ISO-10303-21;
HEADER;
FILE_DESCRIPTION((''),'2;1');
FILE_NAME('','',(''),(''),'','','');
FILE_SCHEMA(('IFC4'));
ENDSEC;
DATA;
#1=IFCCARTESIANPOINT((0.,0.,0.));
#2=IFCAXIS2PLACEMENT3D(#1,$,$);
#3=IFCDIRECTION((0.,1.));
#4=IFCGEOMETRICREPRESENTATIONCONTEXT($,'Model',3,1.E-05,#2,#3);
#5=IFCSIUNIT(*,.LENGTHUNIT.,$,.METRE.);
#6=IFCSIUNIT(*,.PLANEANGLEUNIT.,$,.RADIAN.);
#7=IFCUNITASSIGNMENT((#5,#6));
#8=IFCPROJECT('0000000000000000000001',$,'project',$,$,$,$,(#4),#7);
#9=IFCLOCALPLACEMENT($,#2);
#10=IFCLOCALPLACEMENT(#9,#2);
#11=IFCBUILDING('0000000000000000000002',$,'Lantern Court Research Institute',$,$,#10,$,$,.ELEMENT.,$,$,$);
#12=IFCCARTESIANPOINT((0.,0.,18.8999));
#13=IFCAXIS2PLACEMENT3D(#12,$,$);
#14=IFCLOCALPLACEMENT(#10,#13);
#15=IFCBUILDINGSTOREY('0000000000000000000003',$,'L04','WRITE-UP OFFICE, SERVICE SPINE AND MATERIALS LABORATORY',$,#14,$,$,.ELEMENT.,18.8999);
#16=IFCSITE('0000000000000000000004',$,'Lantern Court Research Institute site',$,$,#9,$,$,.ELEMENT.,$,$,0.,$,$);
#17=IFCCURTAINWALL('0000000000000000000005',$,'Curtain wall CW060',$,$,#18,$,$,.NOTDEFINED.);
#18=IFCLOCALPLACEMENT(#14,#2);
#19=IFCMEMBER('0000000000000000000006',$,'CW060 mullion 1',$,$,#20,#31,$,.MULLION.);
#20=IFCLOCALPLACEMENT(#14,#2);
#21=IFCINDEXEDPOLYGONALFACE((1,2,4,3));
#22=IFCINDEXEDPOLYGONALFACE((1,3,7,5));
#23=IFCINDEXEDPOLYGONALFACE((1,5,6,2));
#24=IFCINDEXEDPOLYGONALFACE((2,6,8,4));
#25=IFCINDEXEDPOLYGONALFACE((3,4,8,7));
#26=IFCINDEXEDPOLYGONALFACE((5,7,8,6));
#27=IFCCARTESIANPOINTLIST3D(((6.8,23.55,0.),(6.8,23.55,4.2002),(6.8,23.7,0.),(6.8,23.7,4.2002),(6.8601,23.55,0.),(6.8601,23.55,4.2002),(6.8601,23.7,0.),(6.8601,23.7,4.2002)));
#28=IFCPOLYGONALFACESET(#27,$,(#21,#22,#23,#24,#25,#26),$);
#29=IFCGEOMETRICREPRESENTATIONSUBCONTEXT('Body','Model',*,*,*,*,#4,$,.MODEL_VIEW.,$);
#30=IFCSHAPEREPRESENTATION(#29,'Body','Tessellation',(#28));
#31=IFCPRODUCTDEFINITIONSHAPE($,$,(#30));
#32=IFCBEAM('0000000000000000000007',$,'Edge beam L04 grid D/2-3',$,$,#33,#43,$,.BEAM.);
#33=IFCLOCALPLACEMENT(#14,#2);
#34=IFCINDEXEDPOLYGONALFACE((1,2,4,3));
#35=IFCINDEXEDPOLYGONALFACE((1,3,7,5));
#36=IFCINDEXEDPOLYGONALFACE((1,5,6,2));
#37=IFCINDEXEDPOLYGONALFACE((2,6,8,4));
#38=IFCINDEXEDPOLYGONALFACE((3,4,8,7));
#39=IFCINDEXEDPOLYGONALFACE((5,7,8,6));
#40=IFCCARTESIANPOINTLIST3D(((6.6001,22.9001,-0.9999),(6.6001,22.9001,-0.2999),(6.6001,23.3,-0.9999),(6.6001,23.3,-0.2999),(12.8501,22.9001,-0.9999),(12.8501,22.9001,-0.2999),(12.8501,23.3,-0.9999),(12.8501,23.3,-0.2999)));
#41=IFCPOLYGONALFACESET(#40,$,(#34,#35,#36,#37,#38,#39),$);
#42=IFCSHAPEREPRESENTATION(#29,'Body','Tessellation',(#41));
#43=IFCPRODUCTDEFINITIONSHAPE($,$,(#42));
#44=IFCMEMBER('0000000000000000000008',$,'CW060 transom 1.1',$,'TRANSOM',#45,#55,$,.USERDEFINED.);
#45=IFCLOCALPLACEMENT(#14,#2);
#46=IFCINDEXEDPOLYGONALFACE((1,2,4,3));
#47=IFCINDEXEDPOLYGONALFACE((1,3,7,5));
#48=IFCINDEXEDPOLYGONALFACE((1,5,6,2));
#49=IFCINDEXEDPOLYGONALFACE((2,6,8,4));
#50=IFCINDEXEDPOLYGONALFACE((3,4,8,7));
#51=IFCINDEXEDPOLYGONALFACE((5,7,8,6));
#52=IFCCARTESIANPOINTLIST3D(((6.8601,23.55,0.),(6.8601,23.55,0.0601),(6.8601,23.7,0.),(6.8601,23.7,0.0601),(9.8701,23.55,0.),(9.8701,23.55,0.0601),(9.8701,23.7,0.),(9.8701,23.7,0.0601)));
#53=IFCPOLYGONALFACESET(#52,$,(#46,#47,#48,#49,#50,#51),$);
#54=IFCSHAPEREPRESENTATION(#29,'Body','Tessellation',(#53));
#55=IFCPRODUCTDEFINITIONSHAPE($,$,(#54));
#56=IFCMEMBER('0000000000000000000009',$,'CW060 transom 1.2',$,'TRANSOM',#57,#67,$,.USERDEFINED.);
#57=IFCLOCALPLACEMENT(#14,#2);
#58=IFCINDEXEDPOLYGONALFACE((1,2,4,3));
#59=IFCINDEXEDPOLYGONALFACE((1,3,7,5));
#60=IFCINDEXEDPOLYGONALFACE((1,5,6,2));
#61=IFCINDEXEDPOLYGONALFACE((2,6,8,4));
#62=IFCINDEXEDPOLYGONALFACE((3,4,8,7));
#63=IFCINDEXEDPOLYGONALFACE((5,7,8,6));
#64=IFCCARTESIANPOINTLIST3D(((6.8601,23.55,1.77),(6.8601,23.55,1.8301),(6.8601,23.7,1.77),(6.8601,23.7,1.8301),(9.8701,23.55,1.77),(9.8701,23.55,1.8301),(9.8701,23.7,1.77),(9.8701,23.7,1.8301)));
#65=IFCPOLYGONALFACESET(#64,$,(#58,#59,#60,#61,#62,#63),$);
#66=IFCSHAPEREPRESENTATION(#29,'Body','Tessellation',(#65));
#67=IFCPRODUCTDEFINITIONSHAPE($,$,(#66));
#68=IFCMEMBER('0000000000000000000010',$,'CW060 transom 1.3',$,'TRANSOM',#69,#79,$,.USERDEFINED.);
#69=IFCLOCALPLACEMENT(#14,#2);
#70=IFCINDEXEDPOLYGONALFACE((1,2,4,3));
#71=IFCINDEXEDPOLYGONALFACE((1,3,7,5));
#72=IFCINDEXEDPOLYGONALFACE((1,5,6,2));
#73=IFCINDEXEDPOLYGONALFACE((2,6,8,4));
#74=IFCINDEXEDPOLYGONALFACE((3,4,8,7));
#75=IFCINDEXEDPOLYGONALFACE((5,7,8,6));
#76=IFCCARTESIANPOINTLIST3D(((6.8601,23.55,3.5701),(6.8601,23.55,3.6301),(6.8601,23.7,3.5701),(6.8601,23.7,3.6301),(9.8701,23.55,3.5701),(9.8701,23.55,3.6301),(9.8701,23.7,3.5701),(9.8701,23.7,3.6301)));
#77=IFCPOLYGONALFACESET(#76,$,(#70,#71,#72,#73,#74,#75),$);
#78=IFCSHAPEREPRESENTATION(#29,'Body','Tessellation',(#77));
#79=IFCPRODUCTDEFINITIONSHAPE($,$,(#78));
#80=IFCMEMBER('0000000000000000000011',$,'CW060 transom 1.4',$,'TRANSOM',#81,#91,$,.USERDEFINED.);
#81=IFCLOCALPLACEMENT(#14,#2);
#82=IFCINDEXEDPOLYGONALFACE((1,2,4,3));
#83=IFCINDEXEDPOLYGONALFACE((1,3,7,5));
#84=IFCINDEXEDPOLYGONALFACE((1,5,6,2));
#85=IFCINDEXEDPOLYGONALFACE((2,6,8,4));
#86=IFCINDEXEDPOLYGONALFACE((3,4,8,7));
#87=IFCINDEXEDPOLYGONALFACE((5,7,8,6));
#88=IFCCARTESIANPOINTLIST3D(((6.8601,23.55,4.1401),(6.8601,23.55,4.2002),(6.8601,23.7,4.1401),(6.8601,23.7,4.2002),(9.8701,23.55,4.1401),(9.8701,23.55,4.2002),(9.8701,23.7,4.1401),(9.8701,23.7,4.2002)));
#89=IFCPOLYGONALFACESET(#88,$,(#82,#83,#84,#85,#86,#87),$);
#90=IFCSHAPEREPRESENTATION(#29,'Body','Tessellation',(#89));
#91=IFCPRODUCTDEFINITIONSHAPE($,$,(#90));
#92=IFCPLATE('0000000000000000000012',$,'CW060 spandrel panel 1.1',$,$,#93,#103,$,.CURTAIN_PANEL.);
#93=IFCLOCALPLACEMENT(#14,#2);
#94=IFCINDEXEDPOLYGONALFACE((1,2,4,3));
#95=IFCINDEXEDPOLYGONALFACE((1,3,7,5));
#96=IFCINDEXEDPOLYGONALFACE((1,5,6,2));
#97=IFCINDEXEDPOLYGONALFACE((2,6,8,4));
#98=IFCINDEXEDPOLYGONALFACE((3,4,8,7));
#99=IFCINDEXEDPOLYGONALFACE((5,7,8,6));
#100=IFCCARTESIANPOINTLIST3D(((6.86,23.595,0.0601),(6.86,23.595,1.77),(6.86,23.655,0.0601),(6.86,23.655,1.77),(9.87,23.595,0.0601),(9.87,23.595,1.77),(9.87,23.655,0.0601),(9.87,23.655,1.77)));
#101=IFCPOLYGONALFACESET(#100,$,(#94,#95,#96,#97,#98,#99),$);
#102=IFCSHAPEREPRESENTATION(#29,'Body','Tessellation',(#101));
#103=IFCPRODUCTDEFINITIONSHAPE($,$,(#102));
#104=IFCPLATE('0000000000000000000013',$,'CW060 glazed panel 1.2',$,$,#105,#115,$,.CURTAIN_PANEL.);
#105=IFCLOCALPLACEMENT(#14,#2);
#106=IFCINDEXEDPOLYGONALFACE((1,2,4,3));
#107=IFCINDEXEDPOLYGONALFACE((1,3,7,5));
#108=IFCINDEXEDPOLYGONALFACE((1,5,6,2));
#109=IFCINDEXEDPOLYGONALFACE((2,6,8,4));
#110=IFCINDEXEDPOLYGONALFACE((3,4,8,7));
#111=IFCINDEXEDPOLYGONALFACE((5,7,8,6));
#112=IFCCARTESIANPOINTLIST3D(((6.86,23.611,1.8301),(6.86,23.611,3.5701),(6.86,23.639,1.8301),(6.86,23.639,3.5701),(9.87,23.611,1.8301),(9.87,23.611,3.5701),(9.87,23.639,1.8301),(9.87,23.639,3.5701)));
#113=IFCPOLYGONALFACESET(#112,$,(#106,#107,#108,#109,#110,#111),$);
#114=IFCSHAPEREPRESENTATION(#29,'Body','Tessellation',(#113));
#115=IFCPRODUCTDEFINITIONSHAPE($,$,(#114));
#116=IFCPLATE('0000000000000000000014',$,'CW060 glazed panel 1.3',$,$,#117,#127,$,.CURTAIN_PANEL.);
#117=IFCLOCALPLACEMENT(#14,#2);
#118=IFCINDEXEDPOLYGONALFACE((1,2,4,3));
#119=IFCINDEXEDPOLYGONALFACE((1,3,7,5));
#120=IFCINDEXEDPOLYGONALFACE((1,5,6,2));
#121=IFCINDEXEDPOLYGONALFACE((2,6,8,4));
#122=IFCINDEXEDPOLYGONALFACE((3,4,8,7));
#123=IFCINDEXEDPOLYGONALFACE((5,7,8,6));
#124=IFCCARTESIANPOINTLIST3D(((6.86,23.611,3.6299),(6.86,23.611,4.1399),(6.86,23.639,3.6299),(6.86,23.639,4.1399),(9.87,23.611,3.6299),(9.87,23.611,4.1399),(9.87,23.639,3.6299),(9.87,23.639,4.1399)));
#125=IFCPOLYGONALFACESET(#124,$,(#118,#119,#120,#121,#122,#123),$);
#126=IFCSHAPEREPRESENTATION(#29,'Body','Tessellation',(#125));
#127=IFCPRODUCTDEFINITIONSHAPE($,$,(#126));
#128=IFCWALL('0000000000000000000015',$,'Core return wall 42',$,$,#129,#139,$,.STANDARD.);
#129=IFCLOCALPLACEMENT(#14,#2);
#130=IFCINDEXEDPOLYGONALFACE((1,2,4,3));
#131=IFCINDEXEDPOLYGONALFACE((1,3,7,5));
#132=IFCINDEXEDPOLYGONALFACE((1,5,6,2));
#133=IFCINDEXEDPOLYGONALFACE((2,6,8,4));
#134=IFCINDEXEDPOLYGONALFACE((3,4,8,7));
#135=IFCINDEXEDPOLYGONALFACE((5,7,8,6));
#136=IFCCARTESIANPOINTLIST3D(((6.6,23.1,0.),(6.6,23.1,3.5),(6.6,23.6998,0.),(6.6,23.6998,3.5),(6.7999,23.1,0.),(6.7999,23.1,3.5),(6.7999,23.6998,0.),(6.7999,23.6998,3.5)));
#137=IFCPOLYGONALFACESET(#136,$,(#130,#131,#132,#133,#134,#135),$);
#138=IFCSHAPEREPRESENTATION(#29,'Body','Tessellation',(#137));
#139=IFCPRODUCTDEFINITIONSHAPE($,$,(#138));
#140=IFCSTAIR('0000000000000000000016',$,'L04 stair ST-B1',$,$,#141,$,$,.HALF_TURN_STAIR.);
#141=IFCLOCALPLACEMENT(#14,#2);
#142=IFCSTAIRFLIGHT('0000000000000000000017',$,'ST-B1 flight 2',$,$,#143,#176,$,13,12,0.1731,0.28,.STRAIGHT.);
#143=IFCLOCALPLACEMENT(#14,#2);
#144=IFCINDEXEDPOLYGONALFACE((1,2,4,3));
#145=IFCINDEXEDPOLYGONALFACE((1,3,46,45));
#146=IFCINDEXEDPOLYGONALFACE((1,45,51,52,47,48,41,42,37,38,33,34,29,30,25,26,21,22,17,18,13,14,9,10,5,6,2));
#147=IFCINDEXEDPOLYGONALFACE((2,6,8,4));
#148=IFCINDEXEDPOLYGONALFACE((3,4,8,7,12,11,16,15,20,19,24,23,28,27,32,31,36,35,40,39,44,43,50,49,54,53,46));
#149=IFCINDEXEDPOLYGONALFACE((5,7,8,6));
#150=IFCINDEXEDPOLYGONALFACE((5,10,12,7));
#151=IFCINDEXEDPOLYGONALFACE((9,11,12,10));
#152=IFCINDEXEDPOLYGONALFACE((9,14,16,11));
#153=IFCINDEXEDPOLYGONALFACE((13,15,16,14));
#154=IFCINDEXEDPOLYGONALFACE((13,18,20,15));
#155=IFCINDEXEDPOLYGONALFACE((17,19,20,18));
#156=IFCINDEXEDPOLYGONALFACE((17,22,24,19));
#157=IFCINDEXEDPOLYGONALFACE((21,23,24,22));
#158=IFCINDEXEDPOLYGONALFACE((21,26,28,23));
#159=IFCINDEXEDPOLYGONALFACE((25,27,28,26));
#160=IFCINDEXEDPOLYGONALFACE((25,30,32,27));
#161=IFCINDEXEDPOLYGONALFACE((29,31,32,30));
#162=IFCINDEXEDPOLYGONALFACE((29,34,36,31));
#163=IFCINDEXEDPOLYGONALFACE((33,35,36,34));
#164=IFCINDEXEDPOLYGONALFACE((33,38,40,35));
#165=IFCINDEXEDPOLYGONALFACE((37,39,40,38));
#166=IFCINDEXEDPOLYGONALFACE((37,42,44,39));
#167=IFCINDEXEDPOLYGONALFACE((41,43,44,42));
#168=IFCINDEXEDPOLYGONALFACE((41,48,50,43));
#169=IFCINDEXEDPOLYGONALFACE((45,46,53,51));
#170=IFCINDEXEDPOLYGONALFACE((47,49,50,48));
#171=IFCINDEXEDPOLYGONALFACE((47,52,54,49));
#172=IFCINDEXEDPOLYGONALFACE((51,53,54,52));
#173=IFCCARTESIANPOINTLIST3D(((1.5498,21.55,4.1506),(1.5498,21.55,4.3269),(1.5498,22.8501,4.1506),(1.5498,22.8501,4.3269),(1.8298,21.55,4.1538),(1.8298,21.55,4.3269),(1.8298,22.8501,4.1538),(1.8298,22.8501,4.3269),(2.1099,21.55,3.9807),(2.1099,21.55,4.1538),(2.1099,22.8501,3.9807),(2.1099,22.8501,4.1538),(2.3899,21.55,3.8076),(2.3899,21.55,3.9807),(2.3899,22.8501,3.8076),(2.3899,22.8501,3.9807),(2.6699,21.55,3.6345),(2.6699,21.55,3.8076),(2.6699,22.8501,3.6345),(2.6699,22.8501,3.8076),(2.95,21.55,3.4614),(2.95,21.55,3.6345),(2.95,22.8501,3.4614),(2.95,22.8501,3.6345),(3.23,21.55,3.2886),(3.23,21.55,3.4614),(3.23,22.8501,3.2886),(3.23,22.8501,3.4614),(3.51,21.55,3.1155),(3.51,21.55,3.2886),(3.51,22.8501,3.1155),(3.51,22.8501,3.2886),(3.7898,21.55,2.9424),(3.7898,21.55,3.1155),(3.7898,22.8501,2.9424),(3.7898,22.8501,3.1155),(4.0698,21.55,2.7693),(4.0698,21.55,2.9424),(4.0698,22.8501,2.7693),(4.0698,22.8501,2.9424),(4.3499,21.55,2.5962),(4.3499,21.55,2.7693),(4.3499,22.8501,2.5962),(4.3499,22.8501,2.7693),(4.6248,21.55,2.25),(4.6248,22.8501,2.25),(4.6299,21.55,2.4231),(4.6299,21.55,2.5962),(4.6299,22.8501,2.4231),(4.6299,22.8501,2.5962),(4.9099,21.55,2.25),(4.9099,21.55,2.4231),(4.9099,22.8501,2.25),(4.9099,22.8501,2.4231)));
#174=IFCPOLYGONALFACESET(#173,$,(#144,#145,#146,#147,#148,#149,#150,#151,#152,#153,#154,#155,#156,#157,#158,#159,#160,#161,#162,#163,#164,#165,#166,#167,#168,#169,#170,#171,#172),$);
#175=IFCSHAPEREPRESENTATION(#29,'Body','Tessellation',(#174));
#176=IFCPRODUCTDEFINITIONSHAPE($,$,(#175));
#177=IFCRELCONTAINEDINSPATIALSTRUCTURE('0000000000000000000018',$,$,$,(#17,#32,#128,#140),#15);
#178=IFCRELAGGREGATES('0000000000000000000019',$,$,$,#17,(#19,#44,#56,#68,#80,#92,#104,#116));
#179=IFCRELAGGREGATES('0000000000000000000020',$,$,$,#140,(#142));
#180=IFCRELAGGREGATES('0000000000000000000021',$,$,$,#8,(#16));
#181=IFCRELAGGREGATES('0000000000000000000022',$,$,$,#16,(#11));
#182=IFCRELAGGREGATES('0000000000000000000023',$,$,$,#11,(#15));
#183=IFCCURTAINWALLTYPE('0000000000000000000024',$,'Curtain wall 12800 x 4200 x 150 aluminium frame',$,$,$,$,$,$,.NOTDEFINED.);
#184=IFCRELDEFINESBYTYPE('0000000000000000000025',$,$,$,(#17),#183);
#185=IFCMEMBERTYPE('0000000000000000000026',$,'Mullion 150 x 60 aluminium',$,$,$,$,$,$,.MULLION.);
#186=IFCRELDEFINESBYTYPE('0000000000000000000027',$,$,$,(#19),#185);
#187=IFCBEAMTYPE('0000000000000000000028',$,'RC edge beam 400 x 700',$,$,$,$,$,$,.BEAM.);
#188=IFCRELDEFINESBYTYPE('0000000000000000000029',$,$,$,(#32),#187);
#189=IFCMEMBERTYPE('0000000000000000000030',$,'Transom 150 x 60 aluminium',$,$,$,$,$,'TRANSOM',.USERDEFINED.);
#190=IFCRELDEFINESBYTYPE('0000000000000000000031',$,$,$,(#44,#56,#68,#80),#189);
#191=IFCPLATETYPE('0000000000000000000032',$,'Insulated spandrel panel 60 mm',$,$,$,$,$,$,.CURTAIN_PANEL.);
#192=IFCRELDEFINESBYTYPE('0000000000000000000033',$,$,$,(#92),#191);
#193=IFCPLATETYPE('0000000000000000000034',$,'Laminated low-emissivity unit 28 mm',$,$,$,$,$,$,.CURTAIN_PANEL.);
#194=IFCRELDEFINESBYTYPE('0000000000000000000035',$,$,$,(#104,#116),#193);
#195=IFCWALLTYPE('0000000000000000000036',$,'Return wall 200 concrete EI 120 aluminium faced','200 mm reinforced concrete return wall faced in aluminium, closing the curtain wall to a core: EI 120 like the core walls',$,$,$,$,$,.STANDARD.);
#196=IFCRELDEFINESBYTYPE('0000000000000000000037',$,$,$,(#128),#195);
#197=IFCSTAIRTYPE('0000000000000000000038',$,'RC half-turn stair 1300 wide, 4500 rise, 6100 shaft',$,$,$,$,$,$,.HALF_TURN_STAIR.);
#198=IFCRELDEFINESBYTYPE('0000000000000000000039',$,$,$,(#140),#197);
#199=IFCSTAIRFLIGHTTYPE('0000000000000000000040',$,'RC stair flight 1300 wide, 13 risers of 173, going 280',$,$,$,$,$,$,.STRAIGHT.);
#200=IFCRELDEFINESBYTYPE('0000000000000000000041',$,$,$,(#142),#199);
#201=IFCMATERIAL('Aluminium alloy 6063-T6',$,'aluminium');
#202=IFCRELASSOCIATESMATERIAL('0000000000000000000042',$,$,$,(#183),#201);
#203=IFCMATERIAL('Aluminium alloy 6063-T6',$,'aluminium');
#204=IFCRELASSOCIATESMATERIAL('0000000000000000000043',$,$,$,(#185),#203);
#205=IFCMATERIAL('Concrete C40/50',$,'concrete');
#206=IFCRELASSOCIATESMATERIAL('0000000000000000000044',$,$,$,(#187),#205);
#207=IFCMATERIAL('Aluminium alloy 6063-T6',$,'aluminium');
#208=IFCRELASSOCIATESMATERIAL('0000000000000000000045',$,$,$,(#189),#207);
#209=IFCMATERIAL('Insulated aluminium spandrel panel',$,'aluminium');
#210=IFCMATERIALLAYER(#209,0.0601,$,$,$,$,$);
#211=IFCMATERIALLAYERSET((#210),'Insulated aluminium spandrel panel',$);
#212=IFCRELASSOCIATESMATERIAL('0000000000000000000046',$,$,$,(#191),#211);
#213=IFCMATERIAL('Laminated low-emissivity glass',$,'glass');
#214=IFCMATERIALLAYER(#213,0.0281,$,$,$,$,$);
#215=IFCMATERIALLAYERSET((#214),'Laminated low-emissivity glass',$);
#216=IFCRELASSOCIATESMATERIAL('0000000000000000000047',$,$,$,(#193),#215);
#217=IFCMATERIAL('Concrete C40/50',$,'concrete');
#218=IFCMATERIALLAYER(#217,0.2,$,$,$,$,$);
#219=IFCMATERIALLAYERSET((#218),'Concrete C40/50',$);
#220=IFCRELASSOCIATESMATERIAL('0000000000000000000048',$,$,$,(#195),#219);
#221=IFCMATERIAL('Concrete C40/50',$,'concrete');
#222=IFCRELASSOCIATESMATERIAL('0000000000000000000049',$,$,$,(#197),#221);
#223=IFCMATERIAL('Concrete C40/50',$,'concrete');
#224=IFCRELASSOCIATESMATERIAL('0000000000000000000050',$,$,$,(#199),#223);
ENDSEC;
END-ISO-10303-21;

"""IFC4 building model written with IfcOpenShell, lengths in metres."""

from ifc_helpers import new_model, si_unit, direction, frame, frame_2d, origin, origin_2d, place, context, subcontext, project, spatial, polyline, rectangle, outline, extrude, material, layer, layer_set, material_profile, profile_set, type_object, element, aggregate, save


model = new_model("IFC4")

# Units and contexts
model_context = context("Model", 3, precision=1e-05, world=origin(), true_north=direction((0.0, 1.0)))
body_context = subcontext(model_context, "Body", "Model", "MODEL_VIEW")
ifc_project = project(units=[si_unit("LENGTHUNIT", "METRE"), si_unit("PLANEANGLEUNIT", "RADIAN")], contexts=[model_context])

# Site, building, storey
site_placement = place(None, origin())
site = spatial("IfcSite", under=ifc_project, at=site_placement, Name="Lantern Court Research Institute site", CompositionType="ELEMENT", RefElevation=0.0)
building_placement = place(site_placement, origin())
building = spatial("IfcBuilding", under=site, at=building_placement, Name="Lantern Court Research Institute", CompositionType="ELEMENT")
storey_placement = place(building_placement, frame((0.0, 0.0, 18.8999)))
storey = spatial("IfcBuildingStorey", under=building, at=storey_placement, Name="L04", Description="WRITE-UP OFFICE, SERVICE SPINE AND MATERIALS LABORATORY", CompositionType="ELEMENT", Elevation=18.8999)

# Curtain wall, member
ifc_material_1 = material(Name="Aluminium alloy 6063-T6", Category="aluminium")
curtain_wall_type = type_object("IfcCurtainWallType", Name="Curtain wall 12800 x 4200 x 150 aluminium frame", PredefinedType="NOTDEFINED", material=ifc_material_1)
curtain_wall_placement = place(storey_placement, origin())
curtain_wall = element("IfcCurtainWall", 1, at=curtain_wall_placement, inside=storey, type_object=curtain_wall_type, Name="Curtain wall CW060", PredefinedType="NOTDEFINED")
ifc_material_2 = material(Name="Aluminium alloy 6063-T6", Category="aluminium")
ifc_material_profile_1 = material_profile(ifc_material_2, rectangle(XDim=0.1499, YDim=0.0601, at=origin_2d()), Name="Mullion 150 x 60")
ifc_profile_set_1 = profile_set([ifc_material_profile_1], Name="Aluminium alloy 6063-T6")
member_type_1 = type_object("IfcMemberType", Name="Mullion 150 x 60 aluminium", PredefinedType="MULLION", material=ifc_profile_set_1)
member_1_placement = place(storey_placement, frame((6.8301, 23.625, 0.0), z_axis=(0.0, 0.0, 1.0), x_axis=(0.0, 1.0, 0.0)))
member_1 = element("IfcMember", 2, at=member_1_placement, type_object=member_type_1, Name="CW060 mullion 1", PredefinedType="MULLION", context=body_context, shape_type="SweptSolid", body=[
    extrude(rectangle(XDim=0.1499, YDim=0.0601, at=origin_2d()), origin(), (0.0, 0.0, 1.0), 4.2002),
])

# Beam
ifc_material_3 = material(Name="Concrete C40/50", Category="concrete")
ifc_material_profile_2 = material_profile(ifc_material_3, rectangle(XDim=0.3999, YDim=0.7, at=origin_2d()), Name="RC beam 400 x 700")
ifc_profile_set_2 = profile_set([ifc_material_profile_2], Name="Concrete C40/50")
beam_type = type_object("IfcBeamType", Name="RC edge beam 400 x 700", PredefinedType="BEAM", material=ifc_profile_set_2)
beam_placement = place(storey_placement, frame((6.6001, 23.1001, -0.6499), z_axis=(1.0, 0.0, 0.0), x_axis=(0.0, 1.0, 0.0)))
element("IfcBeam", 3, at=beam_placement, inside=storey, type_object=beam_type, Name="Edge beam L04 grid D/2-3", PredefinedType="BEAM", context=body_context, shape_type="SweptSolid", body=[
    extrude(rectangle(XDim=0.3999, YDim=0.7, at=origin_2d()), origin(), (0.0, 0.0, 1.0), 6.25),
])

# Members
ifc_material_4 = material(Name="Aluminium alloy 6063-T6", Category="aluminium")
ifc_material_profile_3 = material_profile(ifc_material_4, rectangle(XDim=0.1499, YDim=0.0601, at=origin_2d()), Name="Transom 150 x 60")
ifc_profile_set_3 = profile_set([ifc_material_profile_3], Name="Aluminium alloy 6063-T6")
member_type_2 = type_object("IfcMemberType", Name="Transom 150 x 60 aluminium", ElementType="TRANSOM", PredefinedType="USERDEFINED", material=ifc_profile_set_3)
member_2_placement = place(storey_placement, frame((6.8601, 23.625, 0.03), z_axis=(1.0, 0.0, 0.0), x_axis=(0.0, 1.0, 0.0)))
member_2 = element("IfcMember", 4, at=member_2_placement, type_object=member_type_2, Name="CW060 transom 1.1", ObjectType="TRANSOM", PredefinedType="USERDEFINED", context=body_context, shape_type="SweptSolid", body=[
    extrude(rectangle(XDim=0.1499, YDim=0.0601, at=origin_2d()), origin(), (0.0, 0.0, 1.0), 3.01),
])
member_3_placement = place(storey_placement, frame((6.8601, 23.625, 1.8), z_axis=(1.0, 0.0, 0.0), x_axis=(0.0, 1.0, 0.0)))
member_3 = element("IfcMember", 5, at=member_3_placement, type_object=member_type_2, Name="CW060 transom 1.2", ObjectType="TRANSOM", PredefinedType="USERDEFINED", context=body_context, shape_type="SweptSolid", body=[
    extrude(rectangle(XDim=0.1499, YDim=0.0601, at=origin_2d()), origin(), (0.0, 0.0, 1.0), 3.01),
])
member_4_placement = place(storey_placement, frame((6.8601, 23.625, 3.6001), z_axis=(1.0, 0.0, 0.0), x_axis=(0.0, 1.0, 0.0)))
member_4 = element("IfcMember", 6, at=member_4_placement, type_object=member_type_2, Name="CW060 transom 1.3", ObjectType="TRANSOM", PredefinedType="USERDEFINED", context=body_context, shape_type="SweptSolid", body=[
    extrude(rectangle(XDim=0.1499, YDim=0.0601, at=origin_2d()), origin(), (0.0, 0.0, 1.0), 3.01),
])
member_5_placement = place(storey_placement, frame((6.8601, 23.625, 4.1702), z_axis=(1.0, 0.0, 0.0), x_axis=(0.0, 1.0, 0.0)))
member_5 = element("IfcMember", 7, at=member_5_placement, type_object=member_type_2, Name="CW060 transom 1.4", ObjectType="TRANSOM", PredefinedType="USERDEFINED", context=body_context, shape_type="SweptSolid", body=[
    extrude(rectangle(XDim=0.1499, YDim=0.0601, at=origin_2d()), origin(), (0.0, 0.0, 1.0), 3.01),
])

# Plates
ifc_material_5 = material(Name="Insulated aluminium spandrel panel", Category="aluminium")
ifc_layer_1 = layer(ifc_material_5, 0.0601)
ifc_layer_set_1 = layer_set([ifc_layer_1], Name="Insulated aluminium spandrel panel")
plate_type_1 = type_object("IfcPlateType", Name="Insulated spandrel panel 60 mm", PredefinedType="CURTAIN_PANEL", material=ifc_layer_set_1)
plate_1_placement = place(storey_placement, frame((8.365, 23.625, 0.0601), z_axis=(0.0, 0.0, 1.0), x_axis=(1.0, 0.0, 0.0)))
plate_1 = element("IfcPlate", 8, at=plate_1_placement, type_object=plate_type_1, Name="CW060 spandrel panel 1.1", PredefinedType="CURTAIN_PANEL", context=body_context, shape_type="SweptSolid", body=[
    extrude(rectangle(XDim=3.01, YDim=0.0601, at=origin_2d()), origin(), (0.0, 0.0, 1.0), 1.71),
])
ifc_material_6 = material(Name="Laminated low-emissivity glass", Category="glass")
ifc_layer_2 = layer(ifc_material_6, 0.0281)
ifc_layer_set_2 = layer_set([ifc_layer_2], Name="Laminated low-emissivity glass")
plate_type_2 = type_object("IfcPlateType", Name="Laminated low-emissivity unit 28 mm", PredefinedType="CURTAIN_PANEL", material=ifc_layer_set_2)
plate_2_placement = place(storey_placement, frame((8.365, 23.625, 1.8301), z_axis=(0.0, 0.0, 1.0), x_axis=(1.0, 0.0, 0.0)))
plate_2 = element("IfcPlate", 9, at=plate_2_placement, type_object=plate_type_2, Name="CW060 glazed panel 1.2", PredefinedType="CURTAIN_PANEL", context=body_context, shape_type="SweptSolid", body=[
    extrude(rectangle(XDim=3.01, YDim=0.0281, at=origin_2d()), origin(), (0.0, 0.0, 1.0), 1.74),
])
plate_3_placement = place(storey_placement, frame((8.365, 23.625, 3.6299), z_axis=(0.0, 0.0, 1.0), x_axis=(1.0, 0.0, 0.0)))
plate_3 = element("IfcPlate", 10, at=plate_3_placement, type_object=plate_type_2, Name="CW060 glazed panel 1.3", PredefinedType="CURTAIN_PANEL", context=body_context, shape_type="SweptSolid", body=[
    extrude(rectangle(XDim=3.01, YDim=0.0281, at=origin_2d()), origin(), (0.0, 0.0, 1.0), 0.51),
])
aggregate(curtain_wall, [member_1, member_2, member_3, member_4, member_5, plate_1, plate_2, plate_3])

# Wall
ifc_material_7 = material(Name="Concrete C40/50", Category="concrete")
ifc_layer_3 = layer(ifc_material_7, 0.2)
ifc_layer_set_3 = layer_set([ifc_layer_3], Name="Concrete C40/50")
wall_type = type_object("IfcWallType", Name="Return wall 200 concrete EI 120 aluminium faced", Description="200 mm reinforced concrete return wall faced in aluminium, closing the curtain wall to a core: EI 120 like the core walls", PredefinedType="STANDARD", material=ifc_layer_set_3)
wall_placement = place(storey_placement, frame((6.7, 23.1001, 0.0), z_axis=(0.0, 0.0, 1.0), x_axis=(0.0, 1.0, 0.0)))
element("IfcWall", 11, at=wall_placement, inside=storey, type_object=wall_type, Name="Core return wall 42", PredefinedType="STANDARD", context=body_context, shape_type="SweptSolid", body=[
    extrude(rectangle(XDim=0.5999, YDim=0.2, at=frame_2d((0.2998, 0.0))), origin(), (0.0, 0.0, 1.0), 3.5),
])

# Stair, stair flight
ifc_material_8 = material(Name="Concrete C40/50", Category="concrete")
stair_type = type_object("IfcStairType", Name="RC half-turn stair 1300 wide, 4500 rise, 6100 shaft", PredefinedType="HALF_TURN_STAIR", material=ifc_material_8)
stair_placement = place(storey_placement, origin())
stair = element("IfcStair", 12, at=stair_placement, inside=storey, type_object=stair_type, Name="L04 stair ST-B1", PredefinedType="HALF_TURN_STAIR")
ifc_material_9 = material(Name="Concrete C40/50", Category="concrete")
stair_flight_type = type_object("IfcStairFlightType", Name="RC stair flight 1300 wide, 13 risers of 173, going 280", PredefinedType="STRAIGHT", material=ifc_material_9)
stair_flight_placement = place(storey_placement, frame((4.9099, 22.2, 2.25), z_axis=(0.0, 0.0, 1.0), x_axis=(-1.0, 0.0, 0.0)))
stair_flight = element("IfcStairFlight", 13, at=stair_flight_placement, type_object=stair_flight_type, Name="ST-B1 flight 2", NumberOfRisers=13, NumberOfTreads=12, PredefinedType="STRAIGHT", RiserHeight=0.1731, TreadLength=0.28, context=body_context, shape_type="SweptSolid", body=[
    extrude(outline(polyline([(0.0, 0.0), (0.0, 0.1731), (0.28, 0.1731), (0.28, 0.3462), (0.5601, 0.3462), (0.5601, 0.5193), (0.8401, 0.5193), (0.8401, 0.6924), (1.1201, 0.6924), (1.1201, 0.8655), (1.3999, 0.8655), (1.3999, 1.0386), (1.6799, 1.0386), (1.6799, 1.2114), (1.96, 1.2114), (1.96, 1.3845), (2.24, 1.3845), (2.24, 1.5576), (2.52, 1.5576), (2.52, 1.7307), (2.8, 1.7307), (2.8, 1.9038), (3.0801, 1.9038), (3.0801, 2.0769), (3.3601, 2.0769), (3.3601, 2.25), (3.3601, 1.9006), (0.2852, 0.0), (0.0, 0.0)])), frame((0.0, 0.6499, 0.0), z_axis=(0.0, -1.0, 0.0), x_axis=(1.0, 0.0, 0.0)), (0.0, 0.0, 1.0), 1.3),
])
aggregate(stair, [stair_flight])

save(model, "model.ifc")
